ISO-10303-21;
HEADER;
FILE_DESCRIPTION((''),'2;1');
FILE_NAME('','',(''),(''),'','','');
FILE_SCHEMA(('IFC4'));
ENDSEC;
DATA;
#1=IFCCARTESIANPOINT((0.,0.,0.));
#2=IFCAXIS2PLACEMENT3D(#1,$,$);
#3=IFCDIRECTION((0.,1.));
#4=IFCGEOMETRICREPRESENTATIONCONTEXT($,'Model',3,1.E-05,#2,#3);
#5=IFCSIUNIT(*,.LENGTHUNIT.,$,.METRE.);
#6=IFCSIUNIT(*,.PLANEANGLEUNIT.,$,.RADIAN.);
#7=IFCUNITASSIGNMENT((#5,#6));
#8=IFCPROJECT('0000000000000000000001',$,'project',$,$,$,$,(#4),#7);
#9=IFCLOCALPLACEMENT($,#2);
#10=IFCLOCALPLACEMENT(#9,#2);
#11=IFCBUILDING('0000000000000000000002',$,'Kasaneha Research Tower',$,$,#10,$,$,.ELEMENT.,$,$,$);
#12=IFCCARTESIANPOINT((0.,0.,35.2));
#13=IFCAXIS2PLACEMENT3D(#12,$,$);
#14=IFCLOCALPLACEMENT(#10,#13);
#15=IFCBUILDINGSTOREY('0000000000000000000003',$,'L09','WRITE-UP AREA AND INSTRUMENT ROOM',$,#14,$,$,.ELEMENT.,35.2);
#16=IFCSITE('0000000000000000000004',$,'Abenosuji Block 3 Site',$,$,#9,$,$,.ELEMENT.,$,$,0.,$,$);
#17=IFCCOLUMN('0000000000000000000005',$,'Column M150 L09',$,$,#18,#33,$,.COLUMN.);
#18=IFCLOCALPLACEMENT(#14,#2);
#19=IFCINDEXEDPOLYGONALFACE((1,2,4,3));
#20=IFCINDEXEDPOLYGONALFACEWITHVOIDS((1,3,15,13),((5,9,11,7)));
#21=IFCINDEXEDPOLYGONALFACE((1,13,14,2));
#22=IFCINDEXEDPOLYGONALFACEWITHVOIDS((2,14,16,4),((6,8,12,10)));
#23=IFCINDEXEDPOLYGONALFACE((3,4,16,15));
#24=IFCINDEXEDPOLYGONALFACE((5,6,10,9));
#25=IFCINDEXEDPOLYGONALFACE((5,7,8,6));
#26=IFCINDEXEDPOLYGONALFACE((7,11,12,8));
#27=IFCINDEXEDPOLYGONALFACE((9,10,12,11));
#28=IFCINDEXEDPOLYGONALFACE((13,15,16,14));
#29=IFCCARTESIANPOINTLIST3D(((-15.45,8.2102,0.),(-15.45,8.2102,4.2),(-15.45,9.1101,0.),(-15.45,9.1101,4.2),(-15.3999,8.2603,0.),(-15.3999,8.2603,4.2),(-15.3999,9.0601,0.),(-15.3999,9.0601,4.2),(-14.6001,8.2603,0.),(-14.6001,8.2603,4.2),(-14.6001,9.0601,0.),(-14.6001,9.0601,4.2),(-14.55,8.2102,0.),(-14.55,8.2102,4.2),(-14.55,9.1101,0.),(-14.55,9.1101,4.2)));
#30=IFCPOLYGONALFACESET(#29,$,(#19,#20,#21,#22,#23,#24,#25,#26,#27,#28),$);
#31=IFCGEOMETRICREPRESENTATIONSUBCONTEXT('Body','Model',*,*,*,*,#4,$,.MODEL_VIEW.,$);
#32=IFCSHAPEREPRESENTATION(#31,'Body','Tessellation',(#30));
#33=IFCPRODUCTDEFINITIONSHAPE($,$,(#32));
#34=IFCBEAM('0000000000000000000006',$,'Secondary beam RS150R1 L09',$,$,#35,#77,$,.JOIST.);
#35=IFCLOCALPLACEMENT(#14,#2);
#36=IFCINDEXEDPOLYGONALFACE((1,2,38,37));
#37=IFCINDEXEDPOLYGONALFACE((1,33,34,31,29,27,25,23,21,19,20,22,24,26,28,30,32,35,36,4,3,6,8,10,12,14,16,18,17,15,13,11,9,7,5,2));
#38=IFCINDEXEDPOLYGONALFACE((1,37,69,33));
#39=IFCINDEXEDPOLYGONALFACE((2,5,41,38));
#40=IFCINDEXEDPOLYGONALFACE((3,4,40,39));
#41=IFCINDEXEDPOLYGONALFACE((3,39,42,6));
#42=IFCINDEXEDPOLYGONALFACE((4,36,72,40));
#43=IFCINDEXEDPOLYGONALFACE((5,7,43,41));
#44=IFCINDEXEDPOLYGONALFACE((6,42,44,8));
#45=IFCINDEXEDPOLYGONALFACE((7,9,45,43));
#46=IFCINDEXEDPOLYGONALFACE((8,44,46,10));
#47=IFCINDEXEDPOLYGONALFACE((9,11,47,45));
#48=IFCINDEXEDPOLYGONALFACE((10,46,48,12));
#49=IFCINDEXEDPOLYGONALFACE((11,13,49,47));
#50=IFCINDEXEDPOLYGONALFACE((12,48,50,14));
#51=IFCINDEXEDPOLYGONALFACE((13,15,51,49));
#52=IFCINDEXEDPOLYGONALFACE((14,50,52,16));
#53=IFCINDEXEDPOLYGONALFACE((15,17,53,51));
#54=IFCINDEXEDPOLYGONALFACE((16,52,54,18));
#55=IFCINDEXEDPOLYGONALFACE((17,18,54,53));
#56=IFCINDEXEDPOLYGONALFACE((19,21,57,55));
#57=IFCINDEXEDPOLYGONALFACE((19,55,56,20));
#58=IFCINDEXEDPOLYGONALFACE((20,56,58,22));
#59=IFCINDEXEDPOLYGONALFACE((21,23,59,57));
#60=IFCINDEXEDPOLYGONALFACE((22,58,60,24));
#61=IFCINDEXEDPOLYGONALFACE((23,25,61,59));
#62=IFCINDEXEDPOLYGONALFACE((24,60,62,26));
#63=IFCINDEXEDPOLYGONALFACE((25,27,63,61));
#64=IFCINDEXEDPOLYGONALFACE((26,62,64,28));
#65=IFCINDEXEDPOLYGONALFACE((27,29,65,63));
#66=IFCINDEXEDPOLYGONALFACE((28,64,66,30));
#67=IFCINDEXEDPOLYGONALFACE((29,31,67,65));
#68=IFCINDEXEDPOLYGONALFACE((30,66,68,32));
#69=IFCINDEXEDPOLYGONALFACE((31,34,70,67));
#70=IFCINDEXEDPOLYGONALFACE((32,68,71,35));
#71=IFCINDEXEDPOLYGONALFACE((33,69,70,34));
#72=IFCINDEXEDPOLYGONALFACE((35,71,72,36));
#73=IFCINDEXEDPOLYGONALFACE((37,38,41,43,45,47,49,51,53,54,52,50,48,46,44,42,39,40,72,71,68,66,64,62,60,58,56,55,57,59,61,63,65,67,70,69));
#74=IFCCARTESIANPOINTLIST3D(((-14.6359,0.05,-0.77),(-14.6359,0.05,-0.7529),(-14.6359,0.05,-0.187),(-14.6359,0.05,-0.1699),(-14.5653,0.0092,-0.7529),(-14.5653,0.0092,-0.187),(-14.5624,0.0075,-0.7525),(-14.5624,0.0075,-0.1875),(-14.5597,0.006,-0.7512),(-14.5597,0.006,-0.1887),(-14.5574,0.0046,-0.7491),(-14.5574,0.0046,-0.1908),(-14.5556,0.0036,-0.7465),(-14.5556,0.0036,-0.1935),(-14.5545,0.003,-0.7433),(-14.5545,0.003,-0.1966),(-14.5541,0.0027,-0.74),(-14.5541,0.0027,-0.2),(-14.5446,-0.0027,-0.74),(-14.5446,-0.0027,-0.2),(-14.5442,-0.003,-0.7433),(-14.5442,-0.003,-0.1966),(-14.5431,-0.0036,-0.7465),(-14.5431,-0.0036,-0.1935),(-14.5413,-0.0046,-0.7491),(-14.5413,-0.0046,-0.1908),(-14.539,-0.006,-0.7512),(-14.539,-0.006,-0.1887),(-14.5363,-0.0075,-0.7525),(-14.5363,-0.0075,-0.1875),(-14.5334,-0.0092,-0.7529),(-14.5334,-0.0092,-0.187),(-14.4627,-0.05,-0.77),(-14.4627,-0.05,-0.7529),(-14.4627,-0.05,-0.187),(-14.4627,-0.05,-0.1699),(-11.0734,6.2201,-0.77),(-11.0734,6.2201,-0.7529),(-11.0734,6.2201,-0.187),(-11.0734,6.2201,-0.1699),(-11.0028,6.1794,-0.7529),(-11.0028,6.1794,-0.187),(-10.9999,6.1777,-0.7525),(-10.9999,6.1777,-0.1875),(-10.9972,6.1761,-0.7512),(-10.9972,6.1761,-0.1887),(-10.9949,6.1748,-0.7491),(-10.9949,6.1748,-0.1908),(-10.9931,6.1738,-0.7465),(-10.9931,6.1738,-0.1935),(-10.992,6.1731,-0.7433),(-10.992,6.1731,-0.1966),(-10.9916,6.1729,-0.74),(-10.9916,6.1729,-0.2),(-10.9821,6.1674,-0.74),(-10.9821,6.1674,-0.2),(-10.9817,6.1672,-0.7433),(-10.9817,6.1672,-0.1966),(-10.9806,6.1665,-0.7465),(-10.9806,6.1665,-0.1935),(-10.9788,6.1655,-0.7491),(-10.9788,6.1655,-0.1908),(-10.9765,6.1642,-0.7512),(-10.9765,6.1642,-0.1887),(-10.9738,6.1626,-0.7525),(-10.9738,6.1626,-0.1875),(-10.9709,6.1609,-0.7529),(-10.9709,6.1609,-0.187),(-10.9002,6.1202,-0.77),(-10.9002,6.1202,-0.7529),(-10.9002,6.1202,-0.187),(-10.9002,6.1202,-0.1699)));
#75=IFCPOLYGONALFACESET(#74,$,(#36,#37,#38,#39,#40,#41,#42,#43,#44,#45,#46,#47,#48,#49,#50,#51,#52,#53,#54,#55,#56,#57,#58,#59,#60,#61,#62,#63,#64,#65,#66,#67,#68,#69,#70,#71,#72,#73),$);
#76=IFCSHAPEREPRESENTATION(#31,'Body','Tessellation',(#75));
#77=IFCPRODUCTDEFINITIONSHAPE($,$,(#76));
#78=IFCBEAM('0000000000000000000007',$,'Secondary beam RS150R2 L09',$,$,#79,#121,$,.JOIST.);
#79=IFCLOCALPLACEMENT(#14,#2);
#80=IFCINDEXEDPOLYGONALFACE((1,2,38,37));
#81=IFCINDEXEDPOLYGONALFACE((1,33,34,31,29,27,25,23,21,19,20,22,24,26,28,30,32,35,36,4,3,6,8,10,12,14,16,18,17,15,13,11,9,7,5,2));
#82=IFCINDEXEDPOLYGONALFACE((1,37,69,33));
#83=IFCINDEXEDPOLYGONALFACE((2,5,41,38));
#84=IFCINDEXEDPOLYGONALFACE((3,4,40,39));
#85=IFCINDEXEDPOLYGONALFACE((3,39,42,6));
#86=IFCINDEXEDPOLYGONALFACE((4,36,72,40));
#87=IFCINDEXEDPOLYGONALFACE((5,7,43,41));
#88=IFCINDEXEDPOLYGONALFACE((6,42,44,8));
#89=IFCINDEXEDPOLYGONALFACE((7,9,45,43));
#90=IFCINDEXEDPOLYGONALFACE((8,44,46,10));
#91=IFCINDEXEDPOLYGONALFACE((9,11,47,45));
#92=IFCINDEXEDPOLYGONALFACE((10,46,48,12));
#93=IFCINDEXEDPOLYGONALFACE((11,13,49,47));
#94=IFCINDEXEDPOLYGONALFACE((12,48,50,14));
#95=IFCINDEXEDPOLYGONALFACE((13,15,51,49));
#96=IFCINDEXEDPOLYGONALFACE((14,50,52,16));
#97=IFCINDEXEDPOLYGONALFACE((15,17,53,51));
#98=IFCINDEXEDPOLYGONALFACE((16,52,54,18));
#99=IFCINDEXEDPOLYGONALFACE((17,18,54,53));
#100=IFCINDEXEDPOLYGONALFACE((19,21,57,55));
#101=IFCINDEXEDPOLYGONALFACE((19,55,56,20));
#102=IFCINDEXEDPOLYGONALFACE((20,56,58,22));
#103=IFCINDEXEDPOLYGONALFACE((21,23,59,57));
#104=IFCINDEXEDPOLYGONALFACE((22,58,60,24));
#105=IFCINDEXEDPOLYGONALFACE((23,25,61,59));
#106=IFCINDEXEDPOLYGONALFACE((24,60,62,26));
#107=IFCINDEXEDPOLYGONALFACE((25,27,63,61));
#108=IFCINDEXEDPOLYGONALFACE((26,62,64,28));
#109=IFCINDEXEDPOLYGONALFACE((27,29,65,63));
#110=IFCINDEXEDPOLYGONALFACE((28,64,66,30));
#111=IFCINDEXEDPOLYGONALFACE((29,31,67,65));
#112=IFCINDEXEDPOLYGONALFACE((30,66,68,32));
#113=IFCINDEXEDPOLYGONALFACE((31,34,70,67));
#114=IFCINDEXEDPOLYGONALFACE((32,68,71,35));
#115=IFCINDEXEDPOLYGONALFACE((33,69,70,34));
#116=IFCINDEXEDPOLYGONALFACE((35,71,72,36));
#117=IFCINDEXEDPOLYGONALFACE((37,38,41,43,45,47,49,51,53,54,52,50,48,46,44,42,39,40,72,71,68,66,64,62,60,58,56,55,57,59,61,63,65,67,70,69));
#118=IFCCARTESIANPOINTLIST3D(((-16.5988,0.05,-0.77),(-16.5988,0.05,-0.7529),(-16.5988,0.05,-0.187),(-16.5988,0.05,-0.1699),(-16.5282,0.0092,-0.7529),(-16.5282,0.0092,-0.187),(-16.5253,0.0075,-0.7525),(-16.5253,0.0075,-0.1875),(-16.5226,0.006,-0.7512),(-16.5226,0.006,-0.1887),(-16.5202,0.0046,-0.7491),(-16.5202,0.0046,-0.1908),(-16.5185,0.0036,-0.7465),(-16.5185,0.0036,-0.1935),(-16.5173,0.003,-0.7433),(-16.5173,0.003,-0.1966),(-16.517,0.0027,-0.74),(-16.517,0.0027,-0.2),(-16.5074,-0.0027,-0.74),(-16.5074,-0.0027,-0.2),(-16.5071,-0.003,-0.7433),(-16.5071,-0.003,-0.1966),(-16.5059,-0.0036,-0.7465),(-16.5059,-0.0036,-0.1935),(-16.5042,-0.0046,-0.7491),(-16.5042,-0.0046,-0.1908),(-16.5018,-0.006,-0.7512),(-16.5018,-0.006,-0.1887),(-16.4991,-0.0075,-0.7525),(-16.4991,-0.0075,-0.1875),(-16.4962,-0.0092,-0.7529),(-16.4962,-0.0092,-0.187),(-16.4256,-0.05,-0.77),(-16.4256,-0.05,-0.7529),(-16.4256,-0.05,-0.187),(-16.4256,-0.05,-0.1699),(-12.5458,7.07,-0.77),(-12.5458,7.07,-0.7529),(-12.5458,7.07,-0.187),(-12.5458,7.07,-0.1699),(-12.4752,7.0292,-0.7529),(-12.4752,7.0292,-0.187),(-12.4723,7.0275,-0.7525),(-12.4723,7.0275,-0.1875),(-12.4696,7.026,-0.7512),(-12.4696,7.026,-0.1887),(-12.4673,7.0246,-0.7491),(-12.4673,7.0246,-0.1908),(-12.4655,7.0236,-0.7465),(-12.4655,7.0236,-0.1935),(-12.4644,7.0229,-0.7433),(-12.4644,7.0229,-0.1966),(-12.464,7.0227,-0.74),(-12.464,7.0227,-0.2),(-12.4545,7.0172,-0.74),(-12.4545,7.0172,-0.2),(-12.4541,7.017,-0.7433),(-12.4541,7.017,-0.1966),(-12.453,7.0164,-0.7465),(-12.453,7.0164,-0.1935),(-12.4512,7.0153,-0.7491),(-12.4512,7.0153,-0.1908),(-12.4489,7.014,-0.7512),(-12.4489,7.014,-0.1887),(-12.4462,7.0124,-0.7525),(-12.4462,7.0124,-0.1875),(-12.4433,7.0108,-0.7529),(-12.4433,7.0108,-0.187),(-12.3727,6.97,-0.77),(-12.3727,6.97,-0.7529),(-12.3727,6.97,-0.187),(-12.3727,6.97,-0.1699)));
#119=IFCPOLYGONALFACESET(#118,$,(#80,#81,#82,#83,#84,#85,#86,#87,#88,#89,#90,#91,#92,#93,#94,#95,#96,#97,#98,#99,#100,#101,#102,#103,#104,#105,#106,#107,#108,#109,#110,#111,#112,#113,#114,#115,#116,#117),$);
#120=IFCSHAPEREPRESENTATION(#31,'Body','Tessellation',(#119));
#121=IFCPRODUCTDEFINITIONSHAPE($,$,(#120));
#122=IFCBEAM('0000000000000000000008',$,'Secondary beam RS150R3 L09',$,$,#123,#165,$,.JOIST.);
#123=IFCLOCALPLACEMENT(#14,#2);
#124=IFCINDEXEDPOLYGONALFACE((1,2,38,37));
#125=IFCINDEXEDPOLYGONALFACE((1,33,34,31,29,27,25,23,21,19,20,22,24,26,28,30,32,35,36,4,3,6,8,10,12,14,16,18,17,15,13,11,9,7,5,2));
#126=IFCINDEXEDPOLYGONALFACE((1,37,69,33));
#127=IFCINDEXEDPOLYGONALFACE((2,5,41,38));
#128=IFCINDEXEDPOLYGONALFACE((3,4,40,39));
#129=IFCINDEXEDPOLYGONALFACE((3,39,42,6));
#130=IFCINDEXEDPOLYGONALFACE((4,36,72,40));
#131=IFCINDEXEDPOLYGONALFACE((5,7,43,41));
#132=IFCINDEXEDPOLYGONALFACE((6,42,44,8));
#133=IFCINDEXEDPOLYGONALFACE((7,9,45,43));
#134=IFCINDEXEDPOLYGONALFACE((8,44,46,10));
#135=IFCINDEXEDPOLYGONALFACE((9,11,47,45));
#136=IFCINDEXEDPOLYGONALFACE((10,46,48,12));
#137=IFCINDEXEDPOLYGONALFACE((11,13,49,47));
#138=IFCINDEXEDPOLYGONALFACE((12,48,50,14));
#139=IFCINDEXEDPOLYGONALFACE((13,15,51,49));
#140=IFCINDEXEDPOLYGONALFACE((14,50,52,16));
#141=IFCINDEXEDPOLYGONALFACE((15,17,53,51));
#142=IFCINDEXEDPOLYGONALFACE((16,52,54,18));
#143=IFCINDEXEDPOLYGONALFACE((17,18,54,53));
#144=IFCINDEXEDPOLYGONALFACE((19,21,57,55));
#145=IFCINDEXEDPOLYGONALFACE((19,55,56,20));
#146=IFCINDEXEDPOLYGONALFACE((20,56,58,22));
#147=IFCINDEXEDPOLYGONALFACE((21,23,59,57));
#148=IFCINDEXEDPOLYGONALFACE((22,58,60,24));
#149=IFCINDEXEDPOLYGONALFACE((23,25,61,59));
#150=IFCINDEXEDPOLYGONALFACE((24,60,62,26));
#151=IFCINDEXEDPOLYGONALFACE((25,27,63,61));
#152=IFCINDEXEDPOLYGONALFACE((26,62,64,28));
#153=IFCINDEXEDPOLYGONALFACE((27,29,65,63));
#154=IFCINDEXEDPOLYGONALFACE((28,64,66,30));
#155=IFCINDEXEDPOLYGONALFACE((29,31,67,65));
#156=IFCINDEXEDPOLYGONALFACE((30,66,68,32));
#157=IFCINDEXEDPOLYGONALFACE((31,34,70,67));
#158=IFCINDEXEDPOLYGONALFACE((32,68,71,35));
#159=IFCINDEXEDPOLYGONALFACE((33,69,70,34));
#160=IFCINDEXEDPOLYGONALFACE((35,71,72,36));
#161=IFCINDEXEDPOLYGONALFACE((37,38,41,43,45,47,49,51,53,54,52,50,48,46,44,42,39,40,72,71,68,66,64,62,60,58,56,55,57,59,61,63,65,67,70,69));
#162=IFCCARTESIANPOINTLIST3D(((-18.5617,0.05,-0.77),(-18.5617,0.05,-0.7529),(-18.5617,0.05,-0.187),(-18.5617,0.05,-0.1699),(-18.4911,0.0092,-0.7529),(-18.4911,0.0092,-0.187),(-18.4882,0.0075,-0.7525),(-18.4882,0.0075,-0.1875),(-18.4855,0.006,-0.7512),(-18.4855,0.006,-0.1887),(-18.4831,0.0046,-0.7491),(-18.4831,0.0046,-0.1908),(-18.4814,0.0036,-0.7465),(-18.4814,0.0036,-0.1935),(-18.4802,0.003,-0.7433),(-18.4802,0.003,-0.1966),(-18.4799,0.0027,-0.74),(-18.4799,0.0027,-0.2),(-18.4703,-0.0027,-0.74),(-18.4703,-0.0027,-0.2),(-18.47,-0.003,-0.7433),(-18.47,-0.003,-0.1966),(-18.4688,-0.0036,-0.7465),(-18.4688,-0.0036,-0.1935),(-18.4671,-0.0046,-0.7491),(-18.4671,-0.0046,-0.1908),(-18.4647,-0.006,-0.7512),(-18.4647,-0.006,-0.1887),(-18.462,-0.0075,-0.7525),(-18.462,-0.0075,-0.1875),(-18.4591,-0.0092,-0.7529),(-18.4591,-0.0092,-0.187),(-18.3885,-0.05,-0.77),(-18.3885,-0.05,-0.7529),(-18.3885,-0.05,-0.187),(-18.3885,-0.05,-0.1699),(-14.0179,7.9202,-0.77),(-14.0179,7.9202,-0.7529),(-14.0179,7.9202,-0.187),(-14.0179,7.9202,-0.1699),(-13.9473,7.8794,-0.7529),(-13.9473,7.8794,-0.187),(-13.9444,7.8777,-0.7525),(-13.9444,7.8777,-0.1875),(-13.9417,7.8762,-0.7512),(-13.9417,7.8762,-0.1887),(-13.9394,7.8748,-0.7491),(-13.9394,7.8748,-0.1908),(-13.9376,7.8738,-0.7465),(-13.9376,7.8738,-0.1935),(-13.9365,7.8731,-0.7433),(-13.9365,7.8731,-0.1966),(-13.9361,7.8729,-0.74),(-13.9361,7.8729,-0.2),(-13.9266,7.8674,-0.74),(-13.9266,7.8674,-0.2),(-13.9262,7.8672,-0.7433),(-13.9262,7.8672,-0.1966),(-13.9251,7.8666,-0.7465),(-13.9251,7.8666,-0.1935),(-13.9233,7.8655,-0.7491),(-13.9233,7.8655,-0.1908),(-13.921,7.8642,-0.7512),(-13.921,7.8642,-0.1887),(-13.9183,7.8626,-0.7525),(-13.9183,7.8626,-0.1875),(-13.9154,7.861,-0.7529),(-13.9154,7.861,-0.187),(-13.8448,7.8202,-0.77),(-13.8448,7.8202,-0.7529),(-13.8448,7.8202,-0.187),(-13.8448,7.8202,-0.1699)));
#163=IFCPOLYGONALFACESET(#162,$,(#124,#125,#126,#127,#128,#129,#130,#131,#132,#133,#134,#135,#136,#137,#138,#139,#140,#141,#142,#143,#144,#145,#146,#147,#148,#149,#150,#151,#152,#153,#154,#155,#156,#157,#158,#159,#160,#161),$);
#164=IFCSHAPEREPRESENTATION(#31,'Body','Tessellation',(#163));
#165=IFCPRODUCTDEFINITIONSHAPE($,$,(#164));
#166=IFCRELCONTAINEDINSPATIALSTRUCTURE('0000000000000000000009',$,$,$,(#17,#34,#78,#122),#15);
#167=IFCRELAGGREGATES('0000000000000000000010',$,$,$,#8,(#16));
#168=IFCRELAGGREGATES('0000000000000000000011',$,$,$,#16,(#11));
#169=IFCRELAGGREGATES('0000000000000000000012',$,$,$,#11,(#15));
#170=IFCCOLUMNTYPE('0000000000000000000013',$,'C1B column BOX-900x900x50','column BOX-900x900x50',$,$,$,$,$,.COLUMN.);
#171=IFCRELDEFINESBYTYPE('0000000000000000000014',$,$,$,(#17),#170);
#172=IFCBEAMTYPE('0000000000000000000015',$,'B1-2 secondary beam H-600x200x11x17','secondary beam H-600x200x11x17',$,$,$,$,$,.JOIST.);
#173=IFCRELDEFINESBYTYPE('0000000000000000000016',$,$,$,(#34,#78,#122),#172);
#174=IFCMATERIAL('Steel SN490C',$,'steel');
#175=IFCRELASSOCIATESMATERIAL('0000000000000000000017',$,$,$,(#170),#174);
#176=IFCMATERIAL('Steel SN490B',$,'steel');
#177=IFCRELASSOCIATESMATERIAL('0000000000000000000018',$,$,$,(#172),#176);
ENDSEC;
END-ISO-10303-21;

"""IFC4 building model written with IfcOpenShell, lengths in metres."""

from ifc_helpers import new_model, si_unit, direction, frame, origin, origin_2d, place, context, subcontext, project, spatial, hollow_rectangle, i_section, extrude, material, material_profile, profile_set, type_object, element, save


model = new_model("IFC4")

# Units and contexts
model_context = context("Model", 3, precision=1e-05, world=origin(), true_north=direction((0.0, 1.0)))
body_context = subcontext(model_context, "Body", "Model", "MODEL_VIEW")
ifc_project = project(units=[si_unit("LENGTHUNIT", "METRE"), si_unit("PLANEANGLEUNIT", "RADIAN")], contexts=[model_context])

# Site, building, storey
site_placement = place(None, origin())
site = spatial("IfcSite", under=ifc_project, at=site_placement, Name="Abenosuji Block 3 Site", CompositionType="ELEMENT", RefElevation=0.0)
building_placement = place(site_placement, origin())
building = spatial("IfcBuilding", under=site, at=building_placement, Name="Kasaneha Research Tower", CompositionType="ELEMENT")
storey_placement = place(building_placement, frame((0.0, 0.0, 35.2)))
storey = spatial("IfcBuildingStorey", under=building, at=storey_placement, Name="L09", Description="WRITE-UP AREA AND INSTRUMENT ROOM", CompositionType="ELEMENT", Elevation=35.2)

# Column
ifc_material_1 = material(Name="Steel SN490C", Category="steel")
ifc_material_profile_1 = material_profile(ifc_material_1, hollow_rectangle(XDim=0.8999, YDim=0.8999, WallThickness=0.05, at=origin_2d()), Name="BOX-900x900x50")
ifc_profile_set_1 = profile_set([ifc_material_profile_1], Name="Steel SN490C")
column_type = type_object("IfcColumnType", Name="C1B column BOX-900x900x50", Description="column BOX-900x900x50", PredefinedType="COLUMN", material=ifc_profile_set_1)
column_placement = place(storey_placement, frame((-15.0, 8.6602, 0.0), z_axis=(0.0, 0.0, 1.0), x_axis=(1.0, 0.0, 0.0)))
element("IfcColumn", 1, at=column_placement, inside=storey, type_object=column_type, Name="Column M150 L09", PredefinedType="COLUMN", context=body_context, shape_type="SweptSolid", body=[
    extrude(hollow_rectangle(XDim=0.8999, YDim=0.8999, WallThickness=0.05, at=origin_2d()), origin(), (0.0, 0.0, 1.0), 4.2),
])

# Beams
ifc_material_2 = material(Name="Steel SN490B", Category="steel")
ifc_material_profile_2 = material_profile(ifc_material_2, i_section(OverallWidth=0.2, OverallDepth=0.6001, WebThickness=0.011, FlangeThickness=0.0171, FilletRadius=0.0129, at=origin_2d()), Name="H-600x200x11x17")
ifc_profile_set_2 = profile_set([ifc_material_profile_2], Name="Steel SN490B")
beam_type_1 = type_object("IfcBeamType", Name="B1-2 secondary beam H-600x200x11x17", Description="secondary beam H-600x200x11x17", PredefinedType="JOIST", material=ifc_profile_set_2)
beam_1_placement = place(storey_placement, frame((-14.5493, 0.0, -0.47), z_axis=(0.500016, 0.866016, 0.0), x_axis=(-0.866016, 0.500016, 0.0)))
element("IfcBeam", 2, at=beam_1_placement, inside=storey, type_object=beam_type_1, Name="Secondary beam RS150R1 L09", PredefinedType="JOIST", context=body_context, shape_type="SweptSolid", body=[
    extrude(i_section(OverallWidth=0.2, OverallDepth=0.6001, WebThickness=0.011, FlangeThickness=0.0171, FilletRadius=0.0129, at=origin_2d()), origin(), (0.0, 0.0, 1.0), 7.1248),
])
beam_2_placement = place(storey_placement, frame((-16.5122, 0.0, -0.47), z_axis=(0.499997, 0.866027, 0.0), x_axis=(-0.866027, 0.499997, 0.0)))
element("IfcBeam", 3, at=beam_2_placement, inside=storey, type_object=beam_type_1, Name="Secondary beam RS150R2 L09", PredefinedType="JOIST", context=body_context, shape_type="SweptSolid", body=[
    extrude(i_section(OverallWidth=0.2, OverallDepth=0.6001, WebThickness=0.011, FlangeThickness=0.0171, FilletRadius=0.0129, at=origin_2d()), origin(), (0.0, 0.0, 1.0), 8.106),
])
beam_3_placement = place(storey_placement, frame((-18.4751, 0.0, -0.47), z_axis=(0.499991, 0.866031, 0.0), x_axis=(-0.866031, 0.499991, 0.0)))
element("IfcBeam", 4, at=beam_3_placement, inside=storey, type_object=beam_type_1, Name="Secondary beam RS150R3 L09", PredefinedType="JOIST", context=body_context, shape_type="SweptSolid", body=[
    extrude(i_section(OverallWidth=0.2, OverallDepth=0.6001, WebThickness=0.011, FlangeThickness=0.0171, FilletRadius=0.0129, at=origin_2d()), origin(), (0.0, 0.0, 1.0), 9.0876),
])

save(model, "model.ifc")
